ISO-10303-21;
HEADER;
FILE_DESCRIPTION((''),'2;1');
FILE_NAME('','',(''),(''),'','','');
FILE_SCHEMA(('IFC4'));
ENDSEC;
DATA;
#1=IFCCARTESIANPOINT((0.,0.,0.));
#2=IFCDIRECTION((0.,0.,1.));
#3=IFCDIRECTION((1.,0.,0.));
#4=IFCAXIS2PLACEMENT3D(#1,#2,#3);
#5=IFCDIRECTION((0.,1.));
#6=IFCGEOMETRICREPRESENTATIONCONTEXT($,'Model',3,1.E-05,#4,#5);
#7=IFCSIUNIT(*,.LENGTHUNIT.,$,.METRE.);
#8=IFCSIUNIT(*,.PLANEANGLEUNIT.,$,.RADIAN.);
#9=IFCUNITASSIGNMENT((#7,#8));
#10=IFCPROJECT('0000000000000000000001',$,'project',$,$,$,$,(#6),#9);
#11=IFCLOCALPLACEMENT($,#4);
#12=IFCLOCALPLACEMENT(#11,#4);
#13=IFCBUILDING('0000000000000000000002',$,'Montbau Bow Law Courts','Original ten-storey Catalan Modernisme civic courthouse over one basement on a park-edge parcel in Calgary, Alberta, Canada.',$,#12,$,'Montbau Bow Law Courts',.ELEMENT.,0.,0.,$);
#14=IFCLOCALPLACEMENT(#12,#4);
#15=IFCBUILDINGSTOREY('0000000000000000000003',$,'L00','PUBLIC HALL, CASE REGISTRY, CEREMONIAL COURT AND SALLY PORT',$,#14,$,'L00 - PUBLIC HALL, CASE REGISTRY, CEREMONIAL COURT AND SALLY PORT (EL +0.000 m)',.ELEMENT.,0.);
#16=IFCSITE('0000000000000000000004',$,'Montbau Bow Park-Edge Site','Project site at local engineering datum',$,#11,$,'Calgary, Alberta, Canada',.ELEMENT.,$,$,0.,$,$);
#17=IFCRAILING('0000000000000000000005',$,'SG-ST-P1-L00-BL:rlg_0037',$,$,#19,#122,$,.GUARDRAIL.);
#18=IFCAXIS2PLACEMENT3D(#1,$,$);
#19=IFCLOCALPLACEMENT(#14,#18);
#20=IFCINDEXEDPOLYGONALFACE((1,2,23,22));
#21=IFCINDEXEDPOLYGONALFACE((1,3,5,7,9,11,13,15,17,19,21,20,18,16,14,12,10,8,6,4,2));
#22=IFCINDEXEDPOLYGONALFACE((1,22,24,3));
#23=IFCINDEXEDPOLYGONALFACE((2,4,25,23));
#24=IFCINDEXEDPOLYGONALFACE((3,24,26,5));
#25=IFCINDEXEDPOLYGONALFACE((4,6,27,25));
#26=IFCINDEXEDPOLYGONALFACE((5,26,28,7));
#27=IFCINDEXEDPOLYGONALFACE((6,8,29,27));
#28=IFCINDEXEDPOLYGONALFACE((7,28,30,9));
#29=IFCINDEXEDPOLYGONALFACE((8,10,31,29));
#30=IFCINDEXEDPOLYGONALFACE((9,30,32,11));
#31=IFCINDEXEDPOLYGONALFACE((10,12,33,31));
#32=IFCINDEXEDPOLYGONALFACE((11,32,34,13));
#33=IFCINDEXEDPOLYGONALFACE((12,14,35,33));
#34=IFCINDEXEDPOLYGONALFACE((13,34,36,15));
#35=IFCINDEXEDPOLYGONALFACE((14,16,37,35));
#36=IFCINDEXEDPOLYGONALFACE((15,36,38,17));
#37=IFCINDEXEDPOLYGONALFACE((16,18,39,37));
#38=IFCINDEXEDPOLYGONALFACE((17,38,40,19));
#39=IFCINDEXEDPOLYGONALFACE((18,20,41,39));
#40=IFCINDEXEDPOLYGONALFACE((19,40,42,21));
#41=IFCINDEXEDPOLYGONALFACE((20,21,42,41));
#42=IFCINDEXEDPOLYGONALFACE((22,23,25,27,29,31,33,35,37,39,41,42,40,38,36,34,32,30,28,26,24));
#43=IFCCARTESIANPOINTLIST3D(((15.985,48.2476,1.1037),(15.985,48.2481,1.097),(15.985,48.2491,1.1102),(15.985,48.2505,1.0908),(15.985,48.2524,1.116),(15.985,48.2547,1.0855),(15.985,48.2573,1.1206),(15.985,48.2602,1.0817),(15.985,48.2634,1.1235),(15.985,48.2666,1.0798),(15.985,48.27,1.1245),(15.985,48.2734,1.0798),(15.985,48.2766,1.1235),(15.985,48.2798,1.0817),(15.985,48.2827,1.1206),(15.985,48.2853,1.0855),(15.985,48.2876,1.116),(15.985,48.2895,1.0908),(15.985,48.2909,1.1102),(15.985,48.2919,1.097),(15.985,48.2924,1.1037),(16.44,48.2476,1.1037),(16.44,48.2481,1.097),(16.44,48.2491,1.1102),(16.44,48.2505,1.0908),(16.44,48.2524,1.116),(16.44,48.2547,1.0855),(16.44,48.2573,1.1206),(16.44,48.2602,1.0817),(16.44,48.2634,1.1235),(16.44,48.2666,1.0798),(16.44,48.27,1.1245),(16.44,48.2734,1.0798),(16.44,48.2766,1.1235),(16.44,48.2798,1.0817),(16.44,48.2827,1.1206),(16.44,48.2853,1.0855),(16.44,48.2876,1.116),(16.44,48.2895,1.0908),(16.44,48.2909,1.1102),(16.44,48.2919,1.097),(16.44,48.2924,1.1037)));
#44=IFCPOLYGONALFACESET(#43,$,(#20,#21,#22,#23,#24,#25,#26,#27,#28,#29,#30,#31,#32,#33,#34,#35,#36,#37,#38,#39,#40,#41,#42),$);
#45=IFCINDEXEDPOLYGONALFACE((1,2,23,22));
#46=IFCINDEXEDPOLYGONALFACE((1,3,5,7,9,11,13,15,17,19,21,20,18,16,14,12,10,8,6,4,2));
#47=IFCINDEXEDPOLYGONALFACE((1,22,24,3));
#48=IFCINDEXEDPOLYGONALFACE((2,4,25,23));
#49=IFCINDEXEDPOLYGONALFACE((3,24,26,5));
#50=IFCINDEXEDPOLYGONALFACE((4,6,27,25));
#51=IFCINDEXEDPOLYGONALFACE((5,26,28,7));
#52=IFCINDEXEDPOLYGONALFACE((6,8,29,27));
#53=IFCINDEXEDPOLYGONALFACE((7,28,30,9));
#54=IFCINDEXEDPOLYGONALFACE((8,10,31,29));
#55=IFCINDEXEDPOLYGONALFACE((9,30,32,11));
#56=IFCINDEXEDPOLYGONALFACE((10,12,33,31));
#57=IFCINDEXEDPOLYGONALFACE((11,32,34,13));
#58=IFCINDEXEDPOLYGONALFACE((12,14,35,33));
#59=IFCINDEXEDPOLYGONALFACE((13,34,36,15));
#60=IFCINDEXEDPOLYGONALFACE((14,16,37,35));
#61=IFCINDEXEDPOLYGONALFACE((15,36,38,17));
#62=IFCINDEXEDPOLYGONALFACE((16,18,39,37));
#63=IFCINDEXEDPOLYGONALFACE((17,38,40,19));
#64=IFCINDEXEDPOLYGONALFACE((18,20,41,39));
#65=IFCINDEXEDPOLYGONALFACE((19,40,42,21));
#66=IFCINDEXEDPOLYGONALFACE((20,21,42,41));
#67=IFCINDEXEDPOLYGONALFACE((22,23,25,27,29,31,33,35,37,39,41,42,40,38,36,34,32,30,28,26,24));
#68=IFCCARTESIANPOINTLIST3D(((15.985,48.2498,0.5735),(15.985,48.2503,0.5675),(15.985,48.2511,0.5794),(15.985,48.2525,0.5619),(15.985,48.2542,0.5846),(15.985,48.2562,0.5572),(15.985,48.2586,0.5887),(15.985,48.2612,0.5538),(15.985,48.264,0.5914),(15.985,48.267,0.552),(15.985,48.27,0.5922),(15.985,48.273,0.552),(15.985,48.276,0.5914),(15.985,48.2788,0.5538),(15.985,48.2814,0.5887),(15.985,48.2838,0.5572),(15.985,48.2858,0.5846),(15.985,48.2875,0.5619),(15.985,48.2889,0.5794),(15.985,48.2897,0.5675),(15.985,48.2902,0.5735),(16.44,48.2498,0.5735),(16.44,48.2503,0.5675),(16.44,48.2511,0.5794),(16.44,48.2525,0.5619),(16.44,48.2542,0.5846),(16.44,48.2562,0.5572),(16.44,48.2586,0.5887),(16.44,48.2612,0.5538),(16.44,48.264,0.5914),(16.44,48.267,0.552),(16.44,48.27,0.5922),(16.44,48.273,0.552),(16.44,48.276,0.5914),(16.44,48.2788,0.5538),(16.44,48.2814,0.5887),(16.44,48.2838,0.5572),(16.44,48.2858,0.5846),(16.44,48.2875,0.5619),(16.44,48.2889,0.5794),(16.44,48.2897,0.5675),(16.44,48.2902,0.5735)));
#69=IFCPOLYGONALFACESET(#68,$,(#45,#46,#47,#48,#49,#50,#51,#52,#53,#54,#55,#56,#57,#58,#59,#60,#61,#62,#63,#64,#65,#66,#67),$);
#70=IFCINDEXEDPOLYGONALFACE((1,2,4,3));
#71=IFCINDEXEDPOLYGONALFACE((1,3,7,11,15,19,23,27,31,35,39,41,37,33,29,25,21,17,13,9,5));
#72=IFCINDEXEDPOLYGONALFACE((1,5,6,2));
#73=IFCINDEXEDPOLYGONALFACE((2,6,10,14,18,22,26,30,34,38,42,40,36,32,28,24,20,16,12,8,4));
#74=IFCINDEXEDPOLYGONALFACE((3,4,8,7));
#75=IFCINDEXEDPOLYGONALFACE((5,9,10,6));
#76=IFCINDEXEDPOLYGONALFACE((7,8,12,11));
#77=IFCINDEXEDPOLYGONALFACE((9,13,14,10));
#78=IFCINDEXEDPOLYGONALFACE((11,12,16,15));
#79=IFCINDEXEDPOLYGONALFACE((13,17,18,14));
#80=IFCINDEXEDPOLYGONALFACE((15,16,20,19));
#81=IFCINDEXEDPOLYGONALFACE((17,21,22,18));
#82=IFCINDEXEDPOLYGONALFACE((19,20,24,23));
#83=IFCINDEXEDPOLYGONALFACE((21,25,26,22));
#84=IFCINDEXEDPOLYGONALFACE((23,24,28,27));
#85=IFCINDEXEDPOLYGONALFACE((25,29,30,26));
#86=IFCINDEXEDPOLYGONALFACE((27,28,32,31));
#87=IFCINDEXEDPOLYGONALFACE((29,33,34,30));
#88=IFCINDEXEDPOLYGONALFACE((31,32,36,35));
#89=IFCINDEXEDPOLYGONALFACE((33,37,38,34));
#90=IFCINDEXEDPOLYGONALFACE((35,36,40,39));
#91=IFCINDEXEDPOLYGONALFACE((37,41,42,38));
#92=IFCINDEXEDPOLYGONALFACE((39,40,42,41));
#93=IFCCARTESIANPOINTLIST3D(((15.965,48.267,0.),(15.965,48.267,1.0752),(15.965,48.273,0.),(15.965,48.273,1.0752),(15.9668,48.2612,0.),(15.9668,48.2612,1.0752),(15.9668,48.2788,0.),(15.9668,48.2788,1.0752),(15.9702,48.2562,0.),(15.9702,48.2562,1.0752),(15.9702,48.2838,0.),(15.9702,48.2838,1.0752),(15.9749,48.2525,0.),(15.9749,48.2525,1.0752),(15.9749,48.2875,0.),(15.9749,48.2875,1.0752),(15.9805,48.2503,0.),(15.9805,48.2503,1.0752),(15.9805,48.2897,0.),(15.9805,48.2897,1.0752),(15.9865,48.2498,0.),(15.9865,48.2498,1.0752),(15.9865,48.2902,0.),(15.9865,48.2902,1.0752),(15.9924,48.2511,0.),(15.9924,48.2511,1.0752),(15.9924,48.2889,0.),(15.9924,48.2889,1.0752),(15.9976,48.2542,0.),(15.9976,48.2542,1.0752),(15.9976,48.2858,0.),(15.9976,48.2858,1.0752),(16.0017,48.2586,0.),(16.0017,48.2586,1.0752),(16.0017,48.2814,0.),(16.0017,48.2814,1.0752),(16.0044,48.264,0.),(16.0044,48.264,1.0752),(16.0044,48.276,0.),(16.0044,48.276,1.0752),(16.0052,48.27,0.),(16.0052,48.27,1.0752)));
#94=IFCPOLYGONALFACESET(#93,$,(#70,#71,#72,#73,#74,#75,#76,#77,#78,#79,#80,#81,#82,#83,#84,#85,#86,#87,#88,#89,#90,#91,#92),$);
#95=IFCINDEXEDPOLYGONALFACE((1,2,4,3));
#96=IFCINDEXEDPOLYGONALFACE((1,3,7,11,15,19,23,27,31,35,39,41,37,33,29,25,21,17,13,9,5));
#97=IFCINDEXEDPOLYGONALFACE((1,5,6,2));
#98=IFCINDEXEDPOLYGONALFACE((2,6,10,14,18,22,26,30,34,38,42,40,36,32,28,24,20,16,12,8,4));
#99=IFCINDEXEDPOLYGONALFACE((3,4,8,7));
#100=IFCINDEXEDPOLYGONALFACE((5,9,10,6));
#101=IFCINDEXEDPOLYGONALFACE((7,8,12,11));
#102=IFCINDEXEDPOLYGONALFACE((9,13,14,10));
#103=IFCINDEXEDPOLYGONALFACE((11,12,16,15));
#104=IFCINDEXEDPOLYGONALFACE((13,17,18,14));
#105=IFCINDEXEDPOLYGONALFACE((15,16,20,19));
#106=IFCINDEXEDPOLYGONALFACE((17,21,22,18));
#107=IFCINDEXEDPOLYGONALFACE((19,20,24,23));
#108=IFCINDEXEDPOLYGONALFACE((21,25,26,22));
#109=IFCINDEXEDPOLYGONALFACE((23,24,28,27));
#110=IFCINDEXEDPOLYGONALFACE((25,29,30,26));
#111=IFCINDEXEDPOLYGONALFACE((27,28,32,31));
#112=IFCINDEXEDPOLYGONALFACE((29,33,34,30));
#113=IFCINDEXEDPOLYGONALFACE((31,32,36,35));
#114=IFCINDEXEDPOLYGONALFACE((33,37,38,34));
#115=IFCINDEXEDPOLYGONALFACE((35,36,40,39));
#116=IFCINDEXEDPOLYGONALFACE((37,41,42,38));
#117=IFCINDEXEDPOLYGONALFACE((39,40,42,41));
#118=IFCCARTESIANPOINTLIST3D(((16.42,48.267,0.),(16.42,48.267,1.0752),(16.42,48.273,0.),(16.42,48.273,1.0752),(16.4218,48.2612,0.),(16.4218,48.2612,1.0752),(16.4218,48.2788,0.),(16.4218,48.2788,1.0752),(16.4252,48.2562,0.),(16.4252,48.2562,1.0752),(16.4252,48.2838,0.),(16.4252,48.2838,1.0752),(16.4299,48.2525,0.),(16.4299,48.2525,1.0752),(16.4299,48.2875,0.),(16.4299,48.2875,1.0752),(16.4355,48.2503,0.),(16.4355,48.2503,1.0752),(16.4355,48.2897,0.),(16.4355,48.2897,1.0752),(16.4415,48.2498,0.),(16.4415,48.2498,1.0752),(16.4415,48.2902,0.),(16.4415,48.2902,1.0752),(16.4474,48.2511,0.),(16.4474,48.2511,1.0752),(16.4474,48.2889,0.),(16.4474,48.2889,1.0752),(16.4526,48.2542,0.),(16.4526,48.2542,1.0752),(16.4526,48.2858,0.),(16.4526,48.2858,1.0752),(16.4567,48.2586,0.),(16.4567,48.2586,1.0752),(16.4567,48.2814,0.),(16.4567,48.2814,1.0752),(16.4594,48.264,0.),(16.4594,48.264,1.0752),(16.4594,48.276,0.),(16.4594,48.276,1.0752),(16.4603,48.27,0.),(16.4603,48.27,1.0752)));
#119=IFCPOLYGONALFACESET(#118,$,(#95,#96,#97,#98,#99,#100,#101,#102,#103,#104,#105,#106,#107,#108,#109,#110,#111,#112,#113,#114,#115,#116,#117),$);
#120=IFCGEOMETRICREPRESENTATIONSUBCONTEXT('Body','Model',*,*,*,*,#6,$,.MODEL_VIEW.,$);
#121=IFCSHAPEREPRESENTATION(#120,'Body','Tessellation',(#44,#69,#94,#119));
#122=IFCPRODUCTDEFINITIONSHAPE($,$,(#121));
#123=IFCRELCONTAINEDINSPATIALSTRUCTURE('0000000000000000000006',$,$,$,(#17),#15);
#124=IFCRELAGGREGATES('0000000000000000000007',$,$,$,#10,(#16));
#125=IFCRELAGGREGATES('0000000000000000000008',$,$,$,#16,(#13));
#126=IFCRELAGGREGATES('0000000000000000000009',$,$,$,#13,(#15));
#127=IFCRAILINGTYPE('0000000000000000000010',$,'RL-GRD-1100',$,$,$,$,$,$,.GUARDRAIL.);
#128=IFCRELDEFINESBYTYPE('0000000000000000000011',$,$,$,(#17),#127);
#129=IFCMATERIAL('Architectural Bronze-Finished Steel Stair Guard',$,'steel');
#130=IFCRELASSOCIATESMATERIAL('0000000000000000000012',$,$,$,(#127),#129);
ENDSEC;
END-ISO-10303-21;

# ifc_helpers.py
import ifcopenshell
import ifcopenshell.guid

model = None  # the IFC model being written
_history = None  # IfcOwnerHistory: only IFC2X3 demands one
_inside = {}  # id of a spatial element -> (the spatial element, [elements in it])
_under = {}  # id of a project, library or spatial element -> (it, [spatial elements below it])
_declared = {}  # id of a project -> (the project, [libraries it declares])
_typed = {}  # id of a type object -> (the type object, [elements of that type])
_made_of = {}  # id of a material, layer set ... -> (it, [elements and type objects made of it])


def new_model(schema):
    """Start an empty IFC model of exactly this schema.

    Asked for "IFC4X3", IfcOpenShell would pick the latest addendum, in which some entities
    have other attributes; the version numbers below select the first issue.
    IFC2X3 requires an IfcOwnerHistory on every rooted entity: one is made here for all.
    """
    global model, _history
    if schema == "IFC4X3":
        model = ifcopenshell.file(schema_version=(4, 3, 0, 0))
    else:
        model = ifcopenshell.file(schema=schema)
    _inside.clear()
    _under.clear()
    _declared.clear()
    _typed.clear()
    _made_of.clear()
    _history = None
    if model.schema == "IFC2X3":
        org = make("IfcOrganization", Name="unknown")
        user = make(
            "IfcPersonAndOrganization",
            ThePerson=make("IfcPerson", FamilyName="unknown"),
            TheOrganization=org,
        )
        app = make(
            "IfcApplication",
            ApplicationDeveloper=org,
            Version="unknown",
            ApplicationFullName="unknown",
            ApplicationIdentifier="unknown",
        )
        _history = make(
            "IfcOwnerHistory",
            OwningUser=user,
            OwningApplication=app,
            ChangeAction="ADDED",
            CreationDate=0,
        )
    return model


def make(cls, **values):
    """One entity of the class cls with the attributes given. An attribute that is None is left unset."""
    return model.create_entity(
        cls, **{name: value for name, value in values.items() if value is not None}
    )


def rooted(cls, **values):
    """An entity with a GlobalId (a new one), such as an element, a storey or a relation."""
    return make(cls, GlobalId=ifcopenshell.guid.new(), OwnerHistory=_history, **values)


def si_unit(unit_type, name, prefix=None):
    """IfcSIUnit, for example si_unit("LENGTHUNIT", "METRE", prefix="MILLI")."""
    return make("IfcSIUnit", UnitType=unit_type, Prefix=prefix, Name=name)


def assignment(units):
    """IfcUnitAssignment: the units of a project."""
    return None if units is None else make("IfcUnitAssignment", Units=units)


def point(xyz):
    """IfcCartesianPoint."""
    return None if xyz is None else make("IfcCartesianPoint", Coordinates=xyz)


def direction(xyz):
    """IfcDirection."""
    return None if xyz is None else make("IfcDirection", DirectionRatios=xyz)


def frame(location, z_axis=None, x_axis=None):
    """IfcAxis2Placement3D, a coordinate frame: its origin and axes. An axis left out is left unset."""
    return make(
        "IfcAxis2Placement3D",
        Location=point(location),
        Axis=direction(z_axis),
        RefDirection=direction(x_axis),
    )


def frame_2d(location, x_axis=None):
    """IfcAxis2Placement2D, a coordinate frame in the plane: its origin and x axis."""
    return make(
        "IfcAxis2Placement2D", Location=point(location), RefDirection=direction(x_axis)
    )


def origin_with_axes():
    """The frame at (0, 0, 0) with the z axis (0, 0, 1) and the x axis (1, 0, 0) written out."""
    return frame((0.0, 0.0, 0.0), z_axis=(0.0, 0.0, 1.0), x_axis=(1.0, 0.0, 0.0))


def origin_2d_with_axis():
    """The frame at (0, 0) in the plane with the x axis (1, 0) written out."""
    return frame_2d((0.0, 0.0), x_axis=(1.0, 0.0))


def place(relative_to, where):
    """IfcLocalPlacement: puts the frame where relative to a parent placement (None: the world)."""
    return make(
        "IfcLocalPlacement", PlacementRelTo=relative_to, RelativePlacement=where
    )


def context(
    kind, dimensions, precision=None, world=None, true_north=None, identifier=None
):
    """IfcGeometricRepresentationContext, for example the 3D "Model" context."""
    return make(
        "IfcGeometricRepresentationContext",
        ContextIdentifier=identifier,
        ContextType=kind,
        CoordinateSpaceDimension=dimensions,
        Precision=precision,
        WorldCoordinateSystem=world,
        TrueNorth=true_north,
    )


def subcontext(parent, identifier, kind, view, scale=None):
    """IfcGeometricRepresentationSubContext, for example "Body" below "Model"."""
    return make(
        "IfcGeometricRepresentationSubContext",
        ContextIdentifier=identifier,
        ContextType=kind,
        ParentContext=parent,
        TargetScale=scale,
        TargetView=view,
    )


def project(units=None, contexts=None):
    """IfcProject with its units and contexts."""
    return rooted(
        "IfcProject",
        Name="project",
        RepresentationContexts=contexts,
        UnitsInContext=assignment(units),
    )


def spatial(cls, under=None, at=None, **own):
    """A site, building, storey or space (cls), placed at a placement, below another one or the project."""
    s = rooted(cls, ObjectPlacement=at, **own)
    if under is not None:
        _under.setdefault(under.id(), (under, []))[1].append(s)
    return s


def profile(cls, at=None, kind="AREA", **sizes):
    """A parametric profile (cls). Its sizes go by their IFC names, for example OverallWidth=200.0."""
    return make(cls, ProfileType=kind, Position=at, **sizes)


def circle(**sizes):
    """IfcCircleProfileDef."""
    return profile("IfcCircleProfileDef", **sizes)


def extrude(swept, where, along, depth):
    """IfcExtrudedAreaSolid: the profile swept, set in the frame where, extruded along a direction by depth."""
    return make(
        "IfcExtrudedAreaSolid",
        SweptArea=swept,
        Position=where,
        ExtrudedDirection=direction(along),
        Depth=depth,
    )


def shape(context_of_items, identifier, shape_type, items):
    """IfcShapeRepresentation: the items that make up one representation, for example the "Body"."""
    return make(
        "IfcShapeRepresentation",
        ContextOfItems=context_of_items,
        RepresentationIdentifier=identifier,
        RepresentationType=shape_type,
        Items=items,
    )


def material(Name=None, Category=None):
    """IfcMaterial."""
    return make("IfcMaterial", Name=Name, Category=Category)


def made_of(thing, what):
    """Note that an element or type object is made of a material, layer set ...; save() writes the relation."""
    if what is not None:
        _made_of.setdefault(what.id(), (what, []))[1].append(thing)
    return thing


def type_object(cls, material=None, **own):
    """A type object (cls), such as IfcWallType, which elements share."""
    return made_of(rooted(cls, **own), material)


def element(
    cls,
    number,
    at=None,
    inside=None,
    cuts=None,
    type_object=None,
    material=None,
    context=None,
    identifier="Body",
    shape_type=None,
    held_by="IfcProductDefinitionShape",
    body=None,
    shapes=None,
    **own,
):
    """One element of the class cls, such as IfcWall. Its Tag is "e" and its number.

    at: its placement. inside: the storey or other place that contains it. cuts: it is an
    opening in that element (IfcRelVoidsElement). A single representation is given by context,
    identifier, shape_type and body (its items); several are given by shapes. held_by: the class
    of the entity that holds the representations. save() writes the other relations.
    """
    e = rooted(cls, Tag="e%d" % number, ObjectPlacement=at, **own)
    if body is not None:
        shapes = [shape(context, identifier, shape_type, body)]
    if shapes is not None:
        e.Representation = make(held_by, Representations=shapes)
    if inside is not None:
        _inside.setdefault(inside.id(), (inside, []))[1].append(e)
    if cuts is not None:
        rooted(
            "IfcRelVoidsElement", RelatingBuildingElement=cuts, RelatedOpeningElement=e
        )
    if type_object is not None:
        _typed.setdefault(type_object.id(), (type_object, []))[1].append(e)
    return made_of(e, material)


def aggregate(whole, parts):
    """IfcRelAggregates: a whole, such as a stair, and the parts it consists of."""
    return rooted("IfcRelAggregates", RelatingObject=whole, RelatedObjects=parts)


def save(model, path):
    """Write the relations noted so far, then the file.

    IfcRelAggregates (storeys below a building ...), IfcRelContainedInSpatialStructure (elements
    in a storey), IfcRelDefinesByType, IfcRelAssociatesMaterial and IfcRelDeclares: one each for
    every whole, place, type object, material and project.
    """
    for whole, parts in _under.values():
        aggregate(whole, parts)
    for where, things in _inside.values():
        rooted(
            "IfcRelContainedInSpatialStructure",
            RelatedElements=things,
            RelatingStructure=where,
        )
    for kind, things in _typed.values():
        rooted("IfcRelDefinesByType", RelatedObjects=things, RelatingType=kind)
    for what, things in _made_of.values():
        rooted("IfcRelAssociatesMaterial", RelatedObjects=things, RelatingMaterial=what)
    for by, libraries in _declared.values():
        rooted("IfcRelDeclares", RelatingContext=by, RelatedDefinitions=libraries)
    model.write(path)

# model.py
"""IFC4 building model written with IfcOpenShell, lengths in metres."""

from ifc_helpers import new_model, si_unit, direction, frame, origin_with_axes, origin_2d_with_axis, place, context, subcontext, project, spatial, circle, extrude, material, type_object, element, save


model = new_model("IFC4")

# Units and contexts
model_context = context("Model", 3, precision=1e-05, world=origin_with_axes(), true_north=direction((0.0, 1.0)))
body_context = subcontext(model_context, "Body", "Model", "MODEL_VIEW")
ifc_project = project(units=[si_unit("LENGTHUNIT", "METRE"), si_unit("PLANEANGLEUNIT", "RADIAN")], contexts=[model_context])

# Site, building, storey
site_placement = place(None, origin_with_axes())
site = spatial("IfcSite", under=ifc_project, at=site_placement, Name="Montbau Bow Park-Edge Site", Description="Project site at local engineering datum", LongName="Calgary, Alberta, Canada", CompositionType="ELEMENT", RefElevation=0.0)
building_placement = place(site_placement, origin_with_axes())
building = spatial("IfcBuilding", under=site, at=building_placement, Name="Montbau Bow Law Courts", Description="Original ten-storey Catalan Modernisme civic courthouse over one basement on a park-edge parcel in Calgary, Alberta, Canada.", LongName="Montbau Bow Law Courts", CompositionType="ELEMENT", ElevationOfRefHeight=0.0, ElevationOfTerrain=0.0)
storey_placement = place(building_placement, origin_with_axes())
storey = spatial("IfcBuildingStorey", under=building, at=storey_placement, Name="L00", Description="PUBLIC HALL, CASE REGISTRY, CEREMONIAL COURT AND SALLY PORT", LongName="L00 - PUBLIC HALL, CASE REGISTRY, CEREMONIAL COURT AND SALLY PORT (EL +0.000 m)", CompositionType="ELEMENT", Elevation=0.0)

# Railing
ifc_material_1 = material(Name="Architectural Bronze-Finished Steel Stair Guard", Category="steel")
railing_type_1 = type_object("IfcRailingType", Name="RL-GRD-1100", PredefinedType="GUARDRAIL", material=ifc_material_1)
railing_1_placement = place(None, origin_with_axes())
element("IfcRailing", 1, at=railing_1_placement, inside=storey, type_object=railing_type_1, Name="SG-ST-P1-L00-BL:rlg_0037", PredefinedType="GUARDRAIL", context=body_context, shape_type="SweptSolid", body=[
    extrude(circle(Radius=0.0225, at=origin_2d_with_axis()), frame((15.985, 48.27, 1.102), z_axis=(1.0, 0.0, 0.0), x_axis=(0.0, 0.0, 1.0)), (0.0, 0.0, 1.0), 0.455),
    extrude(circle(Radius=0.0203, at=origin_2d_with_axis()), frame((15.985, 48.27, 0.572), z_axis=(1.0, 0.0, 0.0), x_axis=(0.0, 0.0, 1.0)), (0.0, 0.0, 1.0), 0.455),
    extrude(circle(Radius=0.0203, at=origin_2d_with_axis()), frame((15.985, 48.27, 0.0), z_axis=(0.0, 0.0, 1.0), x_axis=(1.0, 0.0, 0.0)), (0.0, 0.0, 1.0), 1.0753),
    extrude(circle(Radius=0.0203, at=origin_2d_with_axis()), frame((16.44, 48.27, 0.0), z_axis=(0.0, 0.0, 1.0), x_axis=(1.0, 0.0, 0.0)), (0.0, 0.0, 1.0), 1.0753),
])

save(model, "model.ifc")
